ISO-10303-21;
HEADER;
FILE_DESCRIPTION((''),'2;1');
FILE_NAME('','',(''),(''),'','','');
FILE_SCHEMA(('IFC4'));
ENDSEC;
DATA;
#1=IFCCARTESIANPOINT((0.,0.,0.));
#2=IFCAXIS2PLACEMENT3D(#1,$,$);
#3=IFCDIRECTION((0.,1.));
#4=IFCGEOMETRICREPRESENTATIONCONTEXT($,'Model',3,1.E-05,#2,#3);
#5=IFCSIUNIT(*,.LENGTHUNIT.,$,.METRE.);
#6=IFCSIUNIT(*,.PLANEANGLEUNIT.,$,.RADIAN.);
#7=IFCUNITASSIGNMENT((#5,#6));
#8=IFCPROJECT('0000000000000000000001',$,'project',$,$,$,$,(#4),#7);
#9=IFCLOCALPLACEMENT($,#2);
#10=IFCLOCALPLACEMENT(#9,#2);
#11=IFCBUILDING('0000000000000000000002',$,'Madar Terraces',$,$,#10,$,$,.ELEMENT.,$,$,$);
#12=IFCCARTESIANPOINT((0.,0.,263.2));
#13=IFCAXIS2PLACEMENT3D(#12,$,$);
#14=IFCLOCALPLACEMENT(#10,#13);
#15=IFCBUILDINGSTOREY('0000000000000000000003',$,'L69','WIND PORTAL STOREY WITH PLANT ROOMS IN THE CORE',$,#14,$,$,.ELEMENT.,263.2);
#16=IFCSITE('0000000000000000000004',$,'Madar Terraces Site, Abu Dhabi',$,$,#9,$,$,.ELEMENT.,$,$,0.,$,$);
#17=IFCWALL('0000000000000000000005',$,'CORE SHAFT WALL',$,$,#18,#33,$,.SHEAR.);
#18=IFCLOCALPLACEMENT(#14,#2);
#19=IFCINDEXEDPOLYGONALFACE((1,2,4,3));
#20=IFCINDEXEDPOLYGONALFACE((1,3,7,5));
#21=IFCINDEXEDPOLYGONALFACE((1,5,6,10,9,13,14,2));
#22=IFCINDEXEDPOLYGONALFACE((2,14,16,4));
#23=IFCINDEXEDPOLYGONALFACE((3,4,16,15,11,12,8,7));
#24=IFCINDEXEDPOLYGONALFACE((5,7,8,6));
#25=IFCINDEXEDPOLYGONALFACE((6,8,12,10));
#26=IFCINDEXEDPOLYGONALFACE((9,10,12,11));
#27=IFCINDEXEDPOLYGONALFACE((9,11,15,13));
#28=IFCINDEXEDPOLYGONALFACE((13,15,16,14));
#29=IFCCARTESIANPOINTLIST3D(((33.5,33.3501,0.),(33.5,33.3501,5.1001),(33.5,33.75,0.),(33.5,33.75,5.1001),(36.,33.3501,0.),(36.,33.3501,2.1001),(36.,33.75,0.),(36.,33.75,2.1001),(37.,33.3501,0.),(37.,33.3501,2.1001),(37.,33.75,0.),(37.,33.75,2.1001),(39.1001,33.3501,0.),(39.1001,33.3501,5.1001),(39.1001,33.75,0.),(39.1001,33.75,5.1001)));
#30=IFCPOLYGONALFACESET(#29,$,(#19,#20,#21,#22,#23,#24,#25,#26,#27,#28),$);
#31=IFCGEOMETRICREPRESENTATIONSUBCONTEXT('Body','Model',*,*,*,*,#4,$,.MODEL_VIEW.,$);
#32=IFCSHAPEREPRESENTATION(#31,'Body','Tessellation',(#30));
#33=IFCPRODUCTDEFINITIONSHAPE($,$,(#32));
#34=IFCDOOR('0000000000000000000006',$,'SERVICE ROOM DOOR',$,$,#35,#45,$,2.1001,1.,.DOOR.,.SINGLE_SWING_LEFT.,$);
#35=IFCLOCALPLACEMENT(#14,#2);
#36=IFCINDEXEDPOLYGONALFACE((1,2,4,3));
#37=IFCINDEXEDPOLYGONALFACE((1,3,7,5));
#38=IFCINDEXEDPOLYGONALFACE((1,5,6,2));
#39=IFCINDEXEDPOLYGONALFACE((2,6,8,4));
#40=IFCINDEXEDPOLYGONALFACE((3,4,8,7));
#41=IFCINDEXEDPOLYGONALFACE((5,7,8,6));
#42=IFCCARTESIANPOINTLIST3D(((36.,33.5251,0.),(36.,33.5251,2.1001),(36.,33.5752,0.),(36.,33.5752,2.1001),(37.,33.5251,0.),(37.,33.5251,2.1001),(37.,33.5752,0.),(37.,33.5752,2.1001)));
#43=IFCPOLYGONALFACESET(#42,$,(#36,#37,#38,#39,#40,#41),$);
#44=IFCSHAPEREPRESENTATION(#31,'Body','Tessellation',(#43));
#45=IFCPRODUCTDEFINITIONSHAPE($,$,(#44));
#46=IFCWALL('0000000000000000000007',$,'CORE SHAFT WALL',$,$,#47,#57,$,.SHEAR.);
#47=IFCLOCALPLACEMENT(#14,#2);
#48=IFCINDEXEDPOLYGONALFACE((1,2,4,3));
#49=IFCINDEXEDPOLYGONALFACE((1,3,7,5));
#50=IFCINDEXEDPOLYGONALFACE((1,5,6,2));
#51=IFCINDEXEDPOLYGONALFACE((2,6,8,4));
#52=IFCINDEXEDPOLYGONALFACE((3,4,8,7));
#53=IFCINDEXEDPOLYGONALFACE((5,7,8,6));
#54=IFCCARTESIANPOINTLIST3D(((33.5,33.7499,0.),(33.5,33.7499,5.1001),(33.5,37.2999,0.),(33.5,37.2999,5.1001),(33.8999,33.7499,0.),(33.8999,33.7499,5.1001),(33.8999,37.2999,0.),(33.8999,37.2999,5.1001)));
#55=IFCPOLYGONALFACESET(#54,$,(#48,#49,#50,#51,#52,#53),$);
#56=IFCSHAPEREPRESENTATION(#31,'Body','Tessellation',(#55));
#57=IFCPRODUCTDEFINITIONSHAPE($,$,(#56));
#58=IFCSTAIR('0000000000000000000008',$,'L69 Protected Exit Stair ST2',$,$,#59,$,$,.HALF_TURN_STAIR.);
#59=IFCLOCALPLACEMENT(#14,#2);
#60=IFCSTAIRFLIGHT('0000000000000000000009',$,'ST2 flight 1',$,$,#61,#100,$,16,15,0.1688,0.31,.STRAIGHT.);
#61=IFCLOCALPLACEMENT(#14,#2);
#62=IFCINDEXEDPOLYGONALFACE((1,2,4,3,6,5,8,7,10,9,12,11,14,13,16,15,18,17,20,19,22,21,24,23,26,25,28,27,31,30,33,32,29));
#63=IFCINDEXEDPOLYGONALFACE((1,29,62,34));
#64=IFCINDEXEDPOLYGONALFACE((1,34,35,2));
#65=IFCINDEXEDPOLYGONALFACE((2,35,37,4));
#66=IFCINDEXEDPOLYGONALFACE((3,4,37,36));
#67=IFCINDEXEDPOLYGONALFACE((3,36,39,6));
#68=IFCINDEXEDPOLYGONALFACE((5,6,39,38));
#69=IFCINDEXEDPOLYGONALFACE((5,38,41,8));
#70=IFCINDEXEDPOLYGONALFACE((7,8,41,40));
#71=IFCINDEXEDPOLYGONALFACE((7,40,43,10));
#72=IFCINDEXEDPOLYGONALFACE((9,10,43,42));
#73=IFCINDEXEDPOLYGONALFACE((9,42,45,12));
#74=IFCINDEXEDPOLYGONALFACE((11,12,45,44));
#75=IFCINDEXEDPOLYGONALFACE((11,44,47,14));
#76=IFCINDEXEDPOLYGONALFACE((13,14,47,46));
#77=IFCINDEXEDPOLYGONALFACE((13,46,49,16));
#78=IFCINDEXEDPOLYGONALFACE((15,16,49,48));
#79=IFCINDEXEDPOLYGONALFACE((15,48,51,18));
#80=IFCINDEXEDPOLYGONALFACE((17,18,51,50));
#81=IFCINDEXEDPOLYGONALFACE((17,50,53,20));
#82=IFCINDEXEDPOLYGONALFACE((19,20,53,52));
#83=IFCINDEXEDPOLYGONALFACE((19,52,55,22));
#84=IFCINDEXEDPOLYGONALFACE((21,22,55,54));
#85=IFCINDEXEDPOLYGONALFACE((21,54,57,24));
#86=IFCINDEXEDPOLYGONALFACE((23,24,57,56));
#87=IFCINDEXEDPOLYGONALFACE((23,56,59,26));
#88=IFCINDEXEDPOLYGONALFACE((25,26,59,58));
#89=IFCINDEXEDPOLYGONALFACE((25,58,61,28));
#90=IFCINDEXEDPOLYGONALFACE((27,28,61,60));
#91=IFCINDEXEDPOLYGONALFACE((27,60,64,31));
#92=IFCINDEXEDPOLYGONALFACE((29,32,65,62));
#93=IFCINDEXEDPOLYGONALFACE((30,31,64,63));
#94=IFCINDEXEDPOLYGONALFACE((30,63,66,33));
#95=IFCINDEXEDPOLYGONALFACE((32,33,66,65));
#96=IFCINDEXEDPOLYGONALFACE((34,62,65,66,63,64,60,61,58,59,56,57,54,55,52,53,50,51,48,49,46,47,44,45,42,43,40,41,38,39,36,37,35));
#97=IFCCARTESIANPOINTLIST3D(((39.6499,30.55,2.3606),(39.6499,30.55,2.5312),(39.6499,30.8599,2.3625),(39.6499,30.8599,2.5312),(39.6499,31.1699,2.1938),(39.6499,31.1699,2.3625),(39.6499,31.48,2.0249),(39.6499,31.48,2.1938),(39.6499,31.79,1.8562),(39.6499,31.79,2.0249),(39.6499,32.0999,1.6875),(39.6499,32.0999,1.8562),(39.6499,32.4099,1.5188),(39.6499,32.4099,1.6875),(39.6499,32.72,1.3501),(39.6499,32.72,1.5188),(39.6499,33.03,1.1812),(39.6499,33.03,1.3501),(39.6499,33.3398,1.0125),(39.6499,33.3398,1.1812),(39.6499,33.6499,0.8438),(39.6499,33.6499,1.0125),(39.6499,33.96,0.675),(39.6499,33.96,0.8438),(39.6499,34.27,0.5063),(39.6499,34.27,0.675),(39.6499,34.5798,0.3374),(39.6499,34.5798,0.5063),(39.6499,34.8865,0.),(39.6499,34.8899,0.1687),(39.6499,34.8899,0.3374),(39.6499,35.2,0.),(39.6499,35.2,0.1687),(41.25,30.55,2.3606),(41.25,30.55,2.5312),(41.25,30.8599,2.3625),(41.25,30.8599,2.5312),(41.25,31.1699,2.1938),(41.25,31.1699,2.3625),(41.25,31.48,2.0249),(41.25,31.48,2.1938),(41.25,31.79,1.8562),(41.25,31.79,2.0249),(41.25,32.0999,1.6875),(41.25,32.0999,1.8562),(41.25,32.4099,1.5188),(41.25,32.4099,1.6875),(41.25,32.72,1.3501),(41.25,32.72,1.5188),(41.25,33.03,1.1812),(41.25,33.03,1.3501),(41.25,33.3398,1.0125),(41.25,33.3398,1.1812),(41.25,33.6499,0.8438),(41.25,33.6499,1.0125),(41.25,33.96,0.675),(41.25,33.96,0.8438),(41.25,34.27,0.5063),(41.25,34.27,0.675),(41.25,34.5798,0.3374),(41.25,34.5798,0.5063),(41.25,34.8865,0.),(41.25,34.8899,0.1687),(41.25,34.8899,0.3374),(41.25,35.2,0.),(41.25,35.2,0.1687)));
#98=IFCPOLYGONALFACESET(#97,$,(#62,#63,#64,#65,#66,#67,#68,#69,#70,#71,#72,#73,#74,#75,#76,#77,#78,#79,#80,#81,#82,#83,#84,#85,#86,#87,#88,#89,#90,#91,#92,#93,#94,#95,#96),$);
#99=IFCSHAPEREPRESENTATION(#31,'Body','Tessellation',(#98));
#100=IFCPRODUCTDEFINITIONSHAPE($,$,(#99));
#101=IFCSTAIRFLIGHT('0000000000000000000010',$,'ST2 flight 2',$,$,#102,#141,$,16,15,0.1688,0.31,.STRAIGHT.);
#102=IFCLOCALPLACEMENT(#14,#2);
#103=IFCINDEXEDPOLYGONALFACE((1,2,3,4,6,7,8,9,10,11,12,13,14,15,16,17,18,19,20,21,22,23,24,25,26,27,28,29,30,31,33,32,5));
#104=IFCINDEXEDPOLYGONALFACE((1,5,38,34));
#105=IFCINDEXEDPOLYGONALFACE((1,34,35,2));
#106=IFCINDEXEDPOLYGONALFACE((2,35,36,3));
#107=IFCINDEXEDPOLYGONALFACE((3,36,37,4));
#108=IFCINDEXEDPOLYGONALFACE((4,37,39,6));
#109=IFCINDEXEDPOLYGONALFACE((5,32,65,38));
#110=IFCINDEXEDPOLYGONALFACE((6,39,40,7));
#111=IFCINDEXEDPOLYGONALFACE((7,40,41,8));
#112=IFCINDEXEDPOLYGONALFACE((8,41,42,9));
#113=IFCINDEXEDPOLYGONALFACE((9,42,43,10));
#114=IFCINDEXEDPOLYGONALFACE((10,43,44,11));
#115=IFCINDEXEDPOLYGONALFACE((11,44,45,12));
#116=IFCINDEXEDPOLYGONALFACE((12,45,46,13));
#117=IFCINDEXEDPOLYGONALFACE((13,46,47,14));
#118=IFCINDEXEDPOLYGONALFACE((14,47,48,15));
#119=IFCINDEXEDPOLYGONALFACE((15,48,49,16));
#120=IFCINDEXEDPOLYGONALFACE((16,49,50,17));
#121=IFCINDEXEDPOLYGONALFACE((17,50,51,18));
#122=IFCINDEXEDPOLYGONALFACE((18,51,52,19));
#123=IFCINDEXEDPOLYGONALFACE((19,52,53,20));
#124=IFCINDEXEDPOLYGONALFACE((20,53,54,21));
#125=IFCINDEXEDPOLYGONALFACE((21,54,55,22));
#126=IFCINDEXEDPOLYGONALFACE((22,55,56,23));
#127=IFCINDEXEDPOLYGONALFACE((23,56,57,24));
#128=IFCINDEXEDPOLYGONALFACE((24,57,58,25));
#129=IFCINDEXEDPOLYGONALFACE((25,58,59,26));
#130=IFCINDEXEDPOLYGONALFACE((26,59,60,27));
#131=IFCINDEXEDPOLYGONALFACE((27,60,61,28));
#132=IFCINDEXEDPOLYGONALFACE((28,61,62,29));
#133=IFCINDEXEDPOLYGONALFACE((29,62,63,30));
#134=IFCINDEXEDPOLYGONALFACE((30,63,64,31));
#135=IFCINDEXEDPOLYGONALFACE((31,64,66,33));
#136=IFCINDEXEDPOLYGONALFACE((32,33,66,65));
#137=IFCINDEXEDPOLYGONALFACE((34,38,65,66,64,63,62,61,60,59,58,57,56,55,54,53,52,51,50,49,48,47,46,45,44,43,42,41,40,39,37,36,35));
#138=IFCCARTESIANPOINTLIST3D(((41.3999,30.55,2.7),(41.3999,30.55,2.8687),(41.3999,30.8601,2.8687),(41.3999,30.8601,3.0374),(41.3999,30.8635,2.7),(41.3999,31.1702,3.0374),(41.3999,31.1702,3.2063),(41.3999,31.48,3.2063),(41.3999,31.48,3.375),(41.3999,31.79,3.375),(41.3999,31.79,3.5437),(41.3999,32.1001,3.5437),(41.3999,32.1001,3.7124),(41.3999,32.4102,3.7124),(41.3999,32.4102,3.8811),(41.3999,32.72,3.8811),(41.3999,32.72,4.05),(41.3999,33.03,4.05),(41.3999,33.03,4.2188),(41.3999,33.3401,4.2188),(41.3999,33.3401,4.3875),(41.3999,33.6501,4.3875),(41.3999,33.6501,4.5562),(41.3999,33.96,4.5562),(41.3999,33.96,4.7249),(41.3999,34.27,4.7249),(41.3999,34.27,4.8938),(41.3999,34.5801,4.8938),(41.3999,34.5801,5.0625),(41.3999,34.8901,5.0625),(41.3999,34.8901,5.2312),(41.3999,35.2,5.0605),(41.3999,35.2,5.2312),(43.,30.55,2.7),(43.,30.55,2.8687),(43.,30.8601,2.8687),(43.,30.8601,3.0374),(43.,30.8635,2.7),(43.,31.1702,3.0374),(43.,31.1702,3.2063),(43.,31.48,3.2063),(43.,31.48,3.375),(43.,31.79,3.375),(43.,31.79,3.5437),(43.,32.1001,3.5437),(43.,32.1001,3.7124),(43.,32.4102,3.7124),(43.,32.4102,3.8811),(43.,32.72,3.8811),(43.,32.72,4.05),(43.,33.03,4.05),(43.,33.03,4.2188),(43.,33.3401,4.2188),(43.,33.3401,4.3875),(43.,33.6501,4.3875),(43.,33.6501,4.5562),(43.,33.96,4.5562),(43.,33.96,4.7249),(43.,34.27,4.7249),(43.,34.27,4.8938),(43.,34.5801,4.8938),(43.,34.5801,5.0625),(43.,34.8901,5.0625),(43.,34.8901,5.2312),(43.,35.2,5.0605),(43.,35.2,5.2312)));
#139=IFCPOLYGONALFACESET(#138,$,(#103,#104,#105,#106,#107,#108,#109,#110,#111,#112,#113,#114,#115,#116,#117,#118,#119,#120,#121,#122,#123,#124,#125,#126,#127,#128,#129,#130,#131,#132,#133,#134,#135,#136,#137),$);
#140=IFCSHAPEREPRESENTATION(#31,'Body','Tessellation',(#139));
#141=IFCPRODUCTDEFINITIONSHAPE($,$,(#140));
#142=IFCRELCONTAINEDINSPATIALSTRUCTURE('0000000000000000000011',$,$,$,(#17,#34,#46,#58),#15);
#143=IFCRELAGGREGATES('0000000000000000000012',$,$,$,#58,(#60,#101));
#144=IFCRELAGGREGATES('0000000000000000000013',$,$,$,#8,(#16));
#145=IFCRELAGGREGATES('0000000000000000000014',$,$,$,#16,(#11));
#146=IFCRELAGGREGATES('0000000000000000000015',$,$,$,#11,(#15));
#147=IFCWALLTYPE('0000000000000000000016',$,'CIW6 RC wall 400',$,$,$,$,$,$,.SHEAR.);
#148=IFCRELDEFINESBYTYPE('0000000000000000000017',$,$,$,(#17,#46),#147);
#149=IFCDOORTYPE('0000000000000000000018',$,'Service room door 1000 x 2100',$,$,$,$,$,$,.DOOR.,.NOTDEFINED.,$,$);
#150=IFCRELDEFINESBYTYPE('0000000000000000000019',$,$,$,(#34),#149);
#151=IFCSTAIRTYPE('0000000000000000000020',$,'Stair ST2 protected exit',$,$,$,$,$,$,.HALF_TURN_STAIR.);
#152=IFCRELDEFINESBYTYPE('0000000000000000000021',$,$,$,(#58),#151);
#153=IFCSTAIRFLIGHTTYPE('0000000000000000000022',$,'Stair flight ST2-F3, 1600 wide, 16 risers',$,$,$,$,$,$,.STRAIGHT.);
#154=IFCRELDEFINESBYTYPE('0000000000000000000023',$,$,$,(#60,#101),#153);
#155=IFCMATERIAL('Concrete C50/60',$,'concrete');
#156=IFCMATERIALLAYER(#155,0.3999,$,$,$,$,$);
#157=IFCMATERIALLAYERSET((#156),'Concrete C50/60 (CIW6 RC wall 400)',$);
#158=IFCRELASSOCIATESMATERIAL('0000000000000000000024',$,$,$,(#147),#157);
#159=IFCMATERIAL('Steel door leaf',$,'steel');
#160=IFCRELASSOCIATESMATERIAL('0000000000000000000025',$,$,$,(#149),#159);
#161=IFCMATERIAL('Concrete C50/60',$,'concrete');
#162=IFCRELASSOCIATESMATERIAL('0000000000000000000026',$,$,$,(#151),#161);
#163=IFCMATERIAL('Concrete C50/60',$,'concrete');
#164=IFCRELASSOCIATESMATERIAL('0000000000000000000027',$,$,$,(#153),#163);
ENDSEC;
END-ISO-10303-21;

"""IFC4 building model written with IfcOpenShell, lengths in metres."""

from ifc_helpers import new_model, si_unit, direction, frame, frame_2d, origin, place, context, subcontext, project, spatial, polyline, rectangle, outline, extrude, material, layer, layer_set, type_object, element, fill, aggregate, save


model = new_model("IFC4")

# Units and contexts
model_context = context("Model", 3, precision=1e-05, world=origin(), true_north=direction((0.0, 1.0)))
body_context = subcontext(model_context, "Body", "Model", "MODEL_VIEW")
ifc_project = project(units=[si_unit("LENGTHUNIT", "METRE"), si_unit("PLANEANGLEUNIT", "RADIAN")], contexts=[model_context])

# Site, building, storey
site_placement = place(None, origin())
site = spatial("IfcSite", under=ifc_project, at=site_placement, Name="Madar Terraces Site, Abu Dhabi", CompositionType="ELEMENT", RefElevation=0.0)
building_placement = place(site_placement, origin())
building = spatial("IfcBuilding", under=site, at=building_placement, Name="Madar Terraces", CompositionType="ELEMENT")
storey_placement = place(building_placement, frame((0.0, 0.0, 263.2)))
storey = spatial("IfcBuildingStorey", under=building, at=storey_placement, Name="L69", Description="WIND PORTAL STOREY WITH PLANT ROOMS IN THE CORE", CompositionType="ELEMENT", Elevation=263.2)

# Shared definitions
ifc_material_1 = material(Name="Concrete C50/60", Category="concrete")
ifc_layer = layer(ifc_material_1, 0.3999)
ifc_layer_set = layer_set([ifc_layer], Name="Concrete C50/60 (CIW6 RC wall 400)")
wall_type = type_object("IfcWallType", Name="CIW6 RC wall 400", PredefinedType="SHEAR", material=ifc_layer_set)

# Wall, opening, door
wall_1_placement = place(storey_placement, frame((33.5, 33.55, 0.0), z_axis=(0.0, 0.0, 1.0), x_axis=(1.0, 0.0, 0.0)))
wall_1 = element("IfcWall", 1, at=wall_1_placement, inside=storey, type_object=wall_type, Name="CORE SHAFT WALL", PredefinedType="SHEAR", context=body_context, shape_type="SweptSolid", body=[
    extrude(rectangle(XDim=5.6001, YDim=0.3999, at=frame_2d((2.8, 0.0))), origin(), (0.0, 0.0, 1.0), 5.1001),
])
opening_placement = place(wall_1_placement, frame((2.5, 0.0, 0.0)))
opening = element("IfcOpeningElement", 2, at=opening_placement, cuts=wall_1, PredefinedType="OPENING", context=body_context, shape_type="SweptSolid", body=[
    extrude(rectangle(XDim=1.0, YDim=2.1001, at=frame_2d((0.5, 1.05))), frame((0.0, 0.21, 0.0), z_axis=(0.0, -1.0, 0.0), x_axis=(1.0, 0.0, 0.0)), (0.0, 0.0, 1.0), 0.4199),
])
ifc_material_2 = material(Name="Steel door leaf", Category="steel")
door_type = type_object("IfcDoorType", Name="Service room door 1000 x 2100", OperationType="NOTDEFINED", PredefinedType="DOOR", material=ifc_material_2)
door_placement = place(opening_placement, frame((1.0, 0.0, 0.0), z_axis=(0.0, 0.0, 1.0), x_axis=(-1.0, 0.0, 0.0)))
door = element("IfcDoor", 3, at=door_placement, inside=storey, type_object=door_type, Name="SERVICE ROOM DOOR", OperationType="SINGLE_SWING_LEFT", OverallHeight=2.1001, OverallWidth=1.0, PredefinedType="DOOR", context=body_context, shape_type="SweptSolid", body=[
    extrude(rectangle(XDim=1.0, YDim=2.1001, at=frame_2d((0.5, 1.05))), frame((0.0, 0.0249, 0.0), z_axis=(0.0, -1.0, 0.0), x_axis=(1.0, 0.0, 0.0)), (0.0, 0.0, 1.0), 0.05),
])
fill(opening, door)

# Wall
wall_2_placement = place(storey_placement, frame((33.7, 33.75, 0.0), z_axis=(0.0, 0.0, 1.0), x_axis=(0.0, 1.0, 0.0)))
element("IfcWall", 4, at=wall_2_placement, inside=storey, type_object=wall_type, Name="CORE SHAFT WALL", PredefinedType="SHEAR", context=body_context, shape_type="SweptSolid", body=[
    extrude(rectangle(XDim=3.55, YDim=0.3999, at=frame_2d((1.7749, 0.0))), origin(), (0.0, 0.0, 1.0), 5.1001),
])

# Stair, stair flights
ifc_material_3 = material(Name="Concrete C50/60", Category="concrete")
stair_type = type_object("IfcStairType", Name="Stair ST2 protected exit", PredefinedType="HALF_TURN_STAIR", material=ifc_material_3)
stair_placement = place(storey_placement, origin())
stair = element("IfcStair", 5, at=stair_placement, inside=storey, type_object=stair_type, Name="L69 Protected Exit Stair ST2", PredefinedType="HALF_TURN_STAIR")
ifc_material_4 = material(Name="Concrete C50/60", Category="concrete")
stair_flight_type = type_object("IfcStairFlightType", Name="Stair flight ST2-F3, 1600 wide, 16 risers", PredefinedType="STRAIGHT", material=ifc_material_4)
stair_flight_1_placement = place(storey_placement, frame((40.45, 35.2, 0.0), z_axis=(0.0, 0.0, 1.0), x_axis=(0.0, -1.0, 0.0)))
stair_flight_1 = element("IfcStairFlight", 6, at=stair_flight_1_placement, type_object=stair_flight_type, Name="ST2 flight 1", NumberOfRisers=16, NumberOfTreads=15, PredefinedType="STRAIGHT", RiserHeight=0.1688, TreadLength=0.31, context=body_context, shape_type="SweptSolid", body=[
    extrude(outline(polyline([(0.0, 0.0), (0.0, 0.1687), (0.3101, 0.1687), (0.3101, 0.3374), (0.6201, 0.3374), (0.6201, 0.5063), (0.9299, 0.5063), (0.9299, 0.675), (1.24, 0.675), (1.24, 0.8438), (1.55, 0.8438), (1.55, 1.0125), (1.8601, 1.0125), (1.8601, 1.1812), (2.1699, 1.1812), (2.1699, 1.3501), (2.48, 1.3501), (2.48, 1.5188), (2.79, 1.5188), (2.79, 1.6875), (3.1001, 1.6875), (3.1001, 1.8562), (3.4099, 1.8562), (3.4099, 2.0249), (3.72, 2.0249), (3.72, 2.1938), (4.03, 2.1938), (4.03, 2.3625), (4.3401, 2.3625), (4.3401, 2.5312), (4.6499, 2.5312), (4.6499, 2.7), (4.6499, 2.3606), (0.3135, 0.0), (0.0, 0.0)])), frame((0.0, 0.8, 0.0), z_axis=(0.0, -1.0, 0.0), x_axis=(1.0, 0.0, 0.0)), (0.0, 0.0, 1.0), 1.6001),
])
stair_flight_2_placement = place(storey_placement, frame((42.2, 30.55, 2.7), z_axis=(0.0, 0.0, 1.0), x_axis=(0.0, 1.0, 0.0)))
stair_flight_2 = element("IfcStairFlight", 7, at=stair_flight_2_placement, type_object=stair_flight_type, Name="ST2 flight 2", NumberOfRisers=16, NumberOfTreads=15, PredefinedType="STRAIGHT", RiserHeight=0.1688, TreadLength=0.31, context=body_context, shape_type="SweptSolid", body=[
    extrude(outline(polyline([(0.0, 0.0), (0.0, 0.1687), (0.3101, 0.1687), (0.3101, 0.3374), (0.6201, 0.3374), (0.6201, 0.5063), (0.9299, 0.5063), (0.9299, 0.675), (1.24, 0.675), (1.24, 0.8438), (1.55, 0.8438), (1.55, 1.0125), (1.8601, 1.0125), (1.8601, 1.1812), (2.1699, 1.1812), (2.1699, 1.3501), (2.48, 1.3501), (2.48, 1.5188), (2.79, 1.5188), (2.79, 1.6875), (3.1001, 1.6875), (3.1001, 1.8562), (3.4099, 1.8562), (3.4099, 2.0249), (3.72, 2.0249), (3.72, 2.1938), (4.03, 2.1938), (4.03, 2.3625), (4.3401, 2.3625), (4.3401, 2.5312), (4.6499, 2.5312), (4.6499, 2.7), (4.6499, 2.3606), (0.3135, 0.0), (0.0, 0.0)])), frame((0.0, 0.8, 0.0), z_axis=(0.0, -1.0, 0.0), x_axis=(1.0, 0.0, 0.0)), (0.0, 0.0, 1.0), 1.6001),
])
aggregate(stair, [stair_flight_1, stair_flight_2])

save(model, "model.ifc")
